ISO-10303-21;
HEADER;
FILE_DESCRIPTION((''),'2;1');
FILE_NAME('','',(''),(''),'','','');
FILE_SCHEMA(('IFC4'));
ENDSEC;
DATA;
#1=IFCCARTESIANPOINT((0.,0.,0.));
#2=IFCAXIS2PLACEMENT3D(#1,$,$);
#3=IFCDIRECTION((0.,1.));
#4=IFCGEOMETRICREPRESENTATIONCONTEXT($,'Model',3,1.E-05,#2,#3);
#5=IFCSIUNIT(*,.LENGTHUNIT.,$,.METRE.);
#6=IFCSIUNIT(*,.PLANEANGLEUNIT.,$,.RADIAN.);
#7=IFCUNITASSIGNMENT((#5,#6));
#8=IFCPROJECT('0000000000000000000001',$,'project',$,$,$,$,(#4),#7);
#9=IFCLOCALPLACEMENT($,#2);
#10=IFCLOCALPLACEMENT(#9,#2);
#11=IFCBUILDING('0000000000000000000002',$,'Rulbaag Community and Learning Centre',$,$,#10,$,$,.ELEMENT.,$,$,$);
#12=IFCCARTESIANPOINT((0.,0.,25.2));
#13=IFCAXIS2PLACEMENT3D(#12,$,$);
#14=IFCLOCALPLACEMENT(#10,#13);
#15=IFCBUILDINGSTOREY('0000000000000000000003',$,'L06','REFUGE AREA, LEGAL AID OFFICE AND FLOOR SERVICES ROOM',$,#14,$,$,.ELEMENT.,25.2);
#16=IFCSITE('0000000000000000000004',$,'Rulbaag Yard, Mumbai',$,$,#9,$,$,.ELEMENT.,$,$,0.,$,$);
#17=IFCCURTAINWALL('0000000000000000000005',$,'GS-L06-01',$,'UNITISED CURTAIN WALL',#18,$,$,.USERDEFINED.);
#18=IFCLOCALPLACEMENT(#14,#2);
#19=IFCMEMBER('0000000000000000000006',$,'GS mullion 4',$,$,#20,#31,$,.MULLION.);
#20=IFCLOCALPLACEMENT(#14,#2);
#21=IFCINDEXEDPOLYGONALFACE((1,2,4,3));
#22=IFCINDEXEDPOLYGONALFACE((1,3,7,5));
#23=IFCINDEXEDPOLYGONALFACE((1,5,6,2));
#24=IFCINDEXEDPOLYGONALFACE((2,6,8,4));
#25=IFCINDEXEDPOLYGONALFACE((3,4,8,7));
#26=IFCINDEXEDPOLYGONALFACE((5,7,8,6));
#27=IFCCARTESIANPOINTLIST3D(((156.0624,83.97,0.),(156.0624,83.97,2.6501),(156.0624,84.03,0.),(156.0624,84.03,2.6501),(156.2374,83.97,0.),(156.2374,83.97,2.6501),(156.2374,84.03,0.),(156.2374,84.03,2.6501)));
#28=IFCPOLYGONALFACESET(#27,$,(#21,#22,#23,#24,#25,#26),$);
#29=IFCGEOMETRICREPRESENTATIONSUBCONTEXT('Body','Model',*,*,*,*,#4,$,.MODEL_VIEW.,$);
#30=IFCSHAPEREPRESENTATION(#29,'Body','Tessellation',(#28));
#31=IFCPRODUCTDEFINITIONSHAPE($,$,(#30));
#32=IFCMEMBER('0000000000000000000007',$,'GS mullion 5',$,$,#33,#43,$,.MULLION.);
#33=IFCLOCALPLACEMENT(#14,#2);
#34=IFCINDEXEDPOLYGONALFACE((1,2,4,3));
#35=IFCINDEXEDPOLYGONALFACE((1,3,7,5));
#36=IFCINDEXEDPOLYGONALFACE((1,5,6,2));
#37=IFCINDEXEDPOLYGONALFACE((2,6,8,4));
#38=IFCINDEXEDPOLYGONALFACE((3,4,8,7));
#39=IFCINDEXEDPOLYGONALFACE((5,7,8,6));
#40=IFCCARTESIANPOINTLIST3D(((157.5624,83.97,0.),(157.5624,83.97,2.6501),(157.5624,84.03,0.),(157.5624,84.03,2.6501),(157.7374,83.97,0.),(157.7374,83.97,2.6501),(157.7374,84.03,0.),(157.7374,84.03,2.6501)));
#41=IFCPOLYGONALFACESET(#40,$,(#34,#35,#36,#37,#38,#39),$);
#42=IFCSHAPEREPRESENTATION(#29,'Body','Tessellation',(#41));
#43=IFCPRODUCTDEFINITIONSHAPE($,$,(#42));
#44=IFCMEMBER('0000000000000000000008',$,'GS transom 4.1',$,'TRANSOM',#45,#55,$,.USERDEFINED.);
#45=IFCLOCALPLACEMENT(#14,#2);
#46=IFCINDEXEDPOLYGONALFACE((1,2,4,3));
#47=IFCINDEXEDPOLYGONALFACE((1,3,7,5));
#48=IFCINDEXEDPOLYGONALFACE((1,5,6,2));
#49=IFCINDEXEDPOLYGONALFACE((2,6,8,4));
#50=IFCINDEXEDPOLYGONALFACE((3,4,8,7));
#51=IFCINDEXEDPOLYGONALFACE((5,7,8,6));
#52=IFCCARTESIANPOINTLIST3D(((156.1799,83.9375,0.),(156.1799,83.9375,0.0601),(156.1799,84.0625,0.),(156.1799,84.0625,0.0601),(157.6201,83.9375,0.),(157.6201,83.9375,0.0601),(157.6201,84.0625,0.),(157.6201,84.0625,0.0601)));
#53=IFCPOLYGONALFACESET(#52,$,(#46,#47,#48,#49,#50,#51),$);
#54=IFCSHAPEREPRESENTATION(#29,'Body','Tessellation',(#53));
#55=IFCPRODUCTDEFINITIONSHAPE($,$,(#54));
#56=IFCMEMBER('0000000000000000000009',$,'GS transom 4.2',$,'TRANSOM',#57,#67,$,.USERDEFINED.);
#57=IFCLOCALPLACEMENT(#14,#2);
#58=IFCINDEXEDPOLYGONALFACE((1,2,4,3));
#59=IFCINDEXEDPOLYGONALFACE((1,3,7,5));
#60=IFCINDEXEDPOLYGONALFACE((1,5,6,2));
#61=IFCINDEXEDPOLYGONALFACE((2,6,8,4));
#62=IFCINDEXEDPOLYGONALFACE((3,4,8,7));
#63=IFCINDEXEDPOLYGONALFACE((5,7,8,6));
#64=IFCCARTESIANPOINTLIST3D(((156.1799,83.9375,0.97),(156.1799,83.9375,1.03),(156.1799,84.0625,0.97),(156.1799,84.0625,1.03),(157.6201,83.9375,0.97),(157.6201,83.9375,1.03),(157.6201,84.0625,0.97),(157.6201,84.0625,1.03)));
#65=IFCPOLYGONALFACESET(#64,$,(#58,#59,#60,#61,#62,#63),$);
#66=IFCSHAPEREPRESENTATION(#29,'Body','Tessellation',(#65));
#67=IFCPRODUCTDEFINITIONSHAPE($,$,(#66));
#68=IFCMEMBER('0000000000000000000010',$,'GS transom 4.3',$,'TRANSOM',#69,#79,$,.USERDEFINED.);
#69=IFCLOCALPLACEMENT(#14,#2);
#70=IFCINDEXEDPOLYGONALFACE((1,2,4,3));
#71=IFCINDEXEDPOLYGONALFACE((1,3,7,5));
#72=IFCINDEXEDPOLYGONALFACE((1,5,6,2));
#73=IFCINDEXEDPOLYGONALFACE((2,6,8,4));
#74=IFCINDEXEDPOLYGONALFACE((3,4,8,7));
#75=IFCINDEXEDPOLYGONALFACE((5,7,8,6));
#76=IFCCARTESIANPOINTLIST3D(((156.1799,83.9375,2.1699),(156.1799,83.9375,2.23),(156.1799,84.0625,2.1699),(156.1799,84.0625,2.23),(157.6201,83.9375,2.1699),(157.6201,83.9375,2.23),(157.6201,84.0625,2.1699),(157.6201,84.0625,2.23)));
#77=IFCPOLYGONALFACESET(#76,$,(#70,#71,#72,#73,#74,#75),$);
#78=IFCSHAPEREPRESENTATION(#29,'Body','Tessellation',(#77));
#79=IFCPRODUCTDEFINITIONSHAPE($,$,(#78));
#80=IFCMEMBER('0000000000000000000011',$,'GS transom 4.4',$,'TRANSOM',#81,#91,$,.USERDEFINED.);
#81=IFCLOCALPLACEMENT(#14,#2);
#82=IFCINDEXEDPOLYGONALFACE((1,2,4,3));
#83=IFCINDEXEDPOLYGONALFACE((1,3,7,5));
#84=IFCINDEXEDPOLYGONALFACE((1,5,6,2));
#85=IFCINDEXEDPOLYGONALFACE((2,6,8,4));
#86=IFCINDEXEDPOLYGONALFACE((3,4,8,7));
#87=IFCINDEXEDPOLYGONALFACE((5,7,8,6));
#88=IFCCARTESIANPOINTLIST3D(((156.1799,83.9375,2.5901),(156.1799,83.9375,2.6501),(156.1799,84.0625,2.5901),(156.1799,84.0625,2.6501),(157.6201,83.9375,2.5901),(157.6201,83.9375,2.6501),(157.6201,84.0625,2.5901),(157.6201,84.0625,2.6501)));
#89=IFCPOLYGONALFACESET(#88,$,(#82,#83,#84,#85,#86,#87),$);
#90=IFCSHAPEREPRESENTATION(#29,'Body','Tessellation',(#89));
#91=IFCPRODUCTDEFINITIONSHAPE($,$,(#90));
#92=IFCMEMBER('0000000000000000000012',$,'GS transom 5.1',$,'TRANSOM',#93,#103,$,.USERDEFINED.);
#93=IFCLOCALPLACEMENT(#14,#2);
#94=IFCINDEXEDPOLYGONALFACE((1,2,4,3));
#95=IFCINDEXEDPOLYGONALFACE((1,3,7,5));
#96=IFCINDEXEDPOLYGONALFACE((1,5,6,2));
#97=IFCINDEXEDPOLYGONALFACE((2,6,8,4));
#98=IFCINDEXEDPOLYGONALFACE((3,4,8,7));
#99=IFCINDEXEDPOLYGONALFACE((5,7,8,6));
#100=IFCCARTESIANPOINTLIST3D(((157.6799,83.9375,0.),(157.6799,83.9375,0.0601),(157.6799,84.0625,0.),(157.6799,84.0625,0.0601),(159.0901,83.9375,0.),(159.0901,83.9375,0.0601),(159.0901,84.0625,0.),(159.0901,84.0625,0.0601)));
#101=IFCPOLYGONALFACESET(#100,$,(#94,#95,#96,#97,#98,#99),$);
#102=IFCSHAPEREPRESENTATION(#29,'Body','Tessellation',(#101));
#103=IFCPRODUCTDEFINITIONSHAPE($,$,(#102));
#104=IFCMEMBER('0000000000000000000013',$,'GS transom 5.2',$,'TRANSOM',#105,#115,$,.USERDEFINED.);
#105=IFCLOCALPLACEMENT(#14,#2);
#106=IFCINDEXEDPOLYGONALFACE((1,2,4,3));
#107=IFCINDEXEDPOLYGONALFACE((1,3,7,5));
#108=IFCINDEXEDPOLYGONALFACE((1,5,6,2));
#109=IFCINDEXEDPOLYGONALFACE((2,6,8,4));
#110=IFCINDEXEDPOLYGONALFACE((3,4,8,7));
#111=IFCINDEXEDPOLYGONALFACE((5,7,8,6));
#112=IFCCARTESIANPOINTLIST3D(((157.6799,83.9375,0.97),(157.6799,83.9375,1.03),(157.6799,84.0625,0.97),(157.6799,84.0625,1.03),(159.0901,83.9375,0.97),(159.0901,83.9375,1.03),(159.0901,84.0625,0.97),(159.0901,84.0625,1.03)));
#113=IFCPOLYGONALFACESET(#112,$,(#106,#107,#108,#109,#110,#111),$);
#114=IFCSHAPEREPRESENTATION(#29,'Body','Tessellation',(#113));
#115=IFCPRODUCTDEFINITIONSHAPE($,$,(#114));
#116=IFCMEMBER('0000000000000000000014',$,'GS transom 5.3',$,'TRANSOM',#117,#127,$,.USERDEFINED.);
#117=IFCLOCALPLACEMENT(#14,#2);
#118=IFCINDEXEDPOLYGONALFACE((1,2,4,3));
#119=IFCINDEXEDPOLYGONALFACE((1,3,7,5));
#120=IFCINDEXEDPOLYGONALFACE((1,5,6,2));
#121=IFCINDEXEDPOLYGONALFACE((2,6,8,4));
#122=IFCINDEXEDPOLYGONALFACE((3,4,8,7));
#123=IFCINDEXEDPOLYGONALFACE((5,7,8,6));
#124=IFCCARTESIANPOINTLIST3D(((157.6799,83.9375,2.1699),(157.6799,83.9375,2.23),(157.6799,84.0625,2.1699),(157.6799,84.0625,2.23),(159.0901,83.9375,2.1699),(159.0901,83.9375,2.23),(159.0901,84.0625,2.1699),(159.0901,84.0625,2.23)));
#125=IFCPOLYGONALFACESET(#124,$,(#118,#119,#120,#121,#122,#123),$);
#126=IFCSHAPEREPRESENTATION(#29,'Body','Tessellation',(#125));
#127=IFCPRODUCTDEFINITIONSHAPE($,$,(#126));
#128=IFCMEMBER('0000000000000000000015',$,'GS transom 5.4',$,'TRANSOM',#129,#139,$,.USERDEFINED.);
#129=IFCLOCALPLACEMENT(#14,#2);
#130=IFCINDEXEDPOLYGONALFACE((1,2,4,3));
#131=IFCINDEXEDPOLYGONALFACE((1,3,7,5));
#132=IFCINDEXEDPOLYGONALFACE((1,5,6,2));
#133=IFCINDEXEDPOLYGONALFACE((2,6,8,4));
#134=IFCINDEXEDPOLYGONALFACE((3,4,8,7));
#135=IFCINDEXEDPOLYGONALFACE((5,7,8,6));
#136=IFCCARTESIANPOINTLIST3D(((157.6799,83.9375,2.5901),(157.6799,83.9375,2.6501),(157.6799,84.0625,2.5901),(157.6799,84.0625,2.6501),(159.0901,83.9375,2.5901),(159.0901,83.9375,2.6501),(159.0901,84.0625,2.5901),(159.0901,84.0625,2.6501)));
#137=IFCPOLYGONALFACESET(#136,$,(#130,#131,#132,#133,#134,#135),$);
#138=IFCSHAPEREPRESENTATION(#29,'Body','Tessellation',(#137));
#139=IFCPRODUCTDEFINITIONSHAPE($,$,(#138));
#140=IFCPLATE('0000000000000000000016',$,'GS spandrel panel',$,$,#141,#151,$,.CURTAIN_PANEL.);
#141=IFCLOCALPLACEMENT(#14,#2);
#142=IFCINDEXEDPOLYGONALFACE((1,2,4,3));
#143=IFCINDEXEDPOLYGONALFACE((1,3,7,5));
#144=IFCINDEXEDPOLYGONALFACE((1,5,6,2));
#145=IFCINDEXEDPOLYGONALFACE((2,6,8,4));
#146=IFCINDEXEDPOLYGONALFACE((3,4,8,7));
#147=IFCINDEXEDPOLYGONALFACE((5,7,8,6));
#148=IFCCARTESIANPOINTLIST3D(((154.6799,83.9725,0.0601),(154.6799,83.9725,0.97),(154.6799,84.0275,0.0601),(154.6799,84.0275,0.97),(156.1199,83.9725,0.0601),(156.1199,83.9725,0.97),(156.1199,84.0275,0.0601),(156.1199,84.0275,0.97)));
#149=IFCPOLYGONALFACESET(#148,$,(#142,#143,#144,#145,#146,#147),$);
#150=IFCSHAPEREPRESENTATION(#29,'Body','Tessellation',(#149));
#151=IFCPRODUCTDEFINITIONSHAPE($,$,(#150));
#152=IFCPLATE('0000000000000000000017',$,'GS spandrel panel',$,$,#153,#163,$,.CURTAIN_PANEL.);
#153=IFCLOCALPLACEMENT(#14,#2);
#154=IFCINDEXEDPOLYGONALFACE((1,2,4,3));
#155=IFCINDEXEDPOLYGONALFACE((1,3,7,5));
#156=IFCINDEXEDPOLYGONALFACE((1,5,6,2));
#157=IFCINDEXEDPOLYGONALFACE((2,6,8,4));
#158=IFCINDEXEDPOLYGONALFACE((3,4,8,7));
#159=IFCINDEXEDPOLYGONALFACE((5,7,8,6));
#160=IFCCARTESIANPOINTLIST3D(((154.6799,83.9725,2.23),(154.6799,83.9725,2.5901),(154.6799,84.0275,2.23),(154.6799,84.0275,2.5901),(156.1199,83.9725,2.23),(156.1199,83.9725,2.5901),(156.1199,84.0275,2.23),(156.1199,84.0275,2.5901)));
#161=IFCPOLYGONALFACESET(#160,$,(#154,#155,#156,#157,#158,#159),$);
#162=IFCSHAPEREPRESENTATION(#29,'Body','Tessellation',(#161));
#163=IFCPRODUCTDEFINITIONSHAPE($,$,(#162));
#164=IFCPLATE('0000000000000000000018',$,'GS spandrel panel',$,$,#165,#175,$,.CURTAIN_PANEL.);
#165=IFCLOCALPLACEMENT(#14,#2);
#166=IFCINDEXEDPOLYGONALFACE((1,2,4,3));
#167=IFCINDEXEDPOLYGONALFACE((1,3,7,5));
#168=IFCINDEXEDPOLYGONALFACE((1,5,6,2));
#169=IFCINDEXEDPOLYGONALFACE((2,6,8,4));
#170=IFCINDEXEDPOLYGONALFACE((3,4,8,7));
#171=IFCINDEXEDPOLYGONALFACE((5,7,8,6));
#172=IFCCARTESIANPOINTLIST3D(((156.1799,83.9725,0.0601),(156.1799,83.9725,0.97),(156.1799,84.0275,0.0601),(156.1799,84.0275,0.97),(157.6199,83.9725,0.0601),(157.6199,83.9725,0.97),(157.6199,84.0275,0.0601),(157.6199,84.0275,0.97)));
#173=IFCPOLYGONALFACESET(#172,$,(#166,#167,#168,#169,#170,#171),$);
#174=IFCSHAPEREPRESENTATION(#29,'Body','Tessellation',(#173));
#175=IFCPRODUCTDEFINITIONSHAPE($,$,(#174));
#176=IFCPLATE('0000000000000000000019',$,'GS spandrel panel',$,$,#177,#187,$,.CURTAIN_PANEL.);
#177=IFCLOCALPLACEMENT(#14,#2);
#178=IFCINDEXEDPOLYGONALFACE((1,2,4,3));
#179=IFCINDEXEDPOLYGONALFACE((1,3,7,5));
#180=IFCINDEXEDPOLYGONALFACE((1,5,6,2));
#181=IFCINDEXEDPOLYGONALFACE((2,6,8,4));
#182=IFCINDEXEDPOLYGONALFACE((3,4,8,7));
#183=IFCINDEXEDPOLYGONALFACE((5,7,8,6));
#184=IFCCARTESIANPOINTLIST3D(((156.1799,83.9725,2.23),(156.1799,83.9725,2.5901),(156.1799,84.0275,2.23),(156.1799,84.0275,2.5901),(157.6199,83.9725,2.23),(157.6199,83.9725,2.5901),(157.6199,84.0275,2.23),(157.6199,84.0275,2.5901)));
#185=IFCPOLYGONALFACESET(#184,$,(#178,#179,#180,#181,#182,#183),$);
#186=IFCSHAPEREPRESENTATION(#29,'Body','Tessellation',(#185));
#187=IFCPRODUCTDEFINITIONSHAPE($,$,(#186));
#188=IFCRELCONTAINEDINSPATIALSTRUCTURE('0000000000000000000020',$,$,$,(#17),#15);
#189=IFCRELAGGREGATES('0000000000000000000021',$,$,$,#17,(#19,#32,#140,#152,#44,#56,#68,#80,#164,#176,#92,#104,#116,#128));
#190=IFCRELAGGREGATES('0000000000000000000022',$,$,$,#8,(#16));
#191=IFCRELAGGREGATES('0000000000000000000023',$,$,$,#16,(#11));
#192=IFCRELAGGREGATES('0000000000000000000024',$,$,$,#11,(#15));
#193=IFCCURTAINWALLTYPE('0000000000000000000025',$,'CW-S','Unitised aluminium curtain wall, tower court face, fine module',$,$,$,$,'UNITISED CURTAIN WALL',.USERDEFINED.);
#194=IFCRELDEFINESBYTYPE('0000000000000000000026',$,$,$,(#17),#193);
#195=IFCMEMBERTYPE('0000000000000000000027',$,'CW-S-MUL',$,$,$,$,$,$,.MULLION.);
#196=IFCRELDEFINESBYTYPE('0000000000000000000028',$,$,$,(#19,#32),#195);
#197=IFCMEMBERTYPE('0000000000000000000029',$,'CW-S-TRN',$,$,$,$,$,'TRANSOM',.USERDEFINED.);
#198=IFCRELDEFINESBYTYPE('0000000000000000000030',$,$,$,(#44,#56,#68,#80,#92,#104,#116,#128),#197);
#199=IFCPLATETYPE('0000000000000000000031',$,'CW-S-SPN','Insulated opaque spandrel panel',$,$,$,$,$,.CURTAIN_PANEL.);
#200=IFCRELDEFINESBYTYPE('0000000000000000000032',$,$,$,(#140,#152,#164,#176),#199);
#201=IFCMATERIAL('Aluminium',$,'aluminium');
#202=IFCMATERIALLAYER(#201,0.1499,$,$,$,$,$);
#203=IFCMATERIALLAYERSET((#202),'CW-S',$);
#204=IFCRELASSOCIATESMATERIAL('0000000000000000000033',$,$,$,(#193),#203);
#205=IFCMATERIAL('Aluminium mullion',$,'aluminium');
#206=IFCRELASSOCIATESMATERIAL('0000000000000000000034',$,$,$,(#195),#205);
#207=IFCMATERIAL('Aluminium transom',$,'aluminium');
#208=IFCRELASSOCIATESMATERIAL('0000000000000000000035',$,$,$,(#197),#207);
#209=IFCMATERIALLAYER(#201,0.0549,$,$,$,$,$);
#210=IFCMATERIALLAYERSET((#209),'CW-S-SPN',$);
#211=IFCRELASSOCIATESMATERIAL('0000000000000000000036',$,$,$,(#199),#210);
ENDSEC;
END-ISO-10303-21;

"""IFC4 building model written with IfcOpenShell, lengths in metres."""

from ifc_helpers import new_model, si_unit, direction, frame, origin, origin_2d, place, context, subcontext, project, spatial, rectangle, extrude, material, layer, layer_set, material_profile, profile_set, type_object, element, aggregate, save


model = new_model("IFC4")

# Units and contexts
model_context = context("Model", 3, precision=1e-05, world=origin(), true_north=direction((0.0, 1.0)))
body_context = subcontext(model_context, "Body", "Model", "MODEL_VIEW")
ifc_project = project(units=[si_unit("LENGTHUNIT", "METRE"), si_unit("PLANEANGLEUNIT", "RADIAN")], contexts=[model_context])

# Site, building, storey
site_placement = place(None, origin())
site = spatial("IfcSite", under=ifc_project, at=site_placement, Name="Rulbaag Yard, Mumbai", CompositionType="ELEMENT", RefElevation=0.0)
building_placement = place(site_placement, origin())
building = spatial("IfcBuilding", under=site, at=building_placement, Name="Rulbaag Community and Learning Centre", CompositionType="ELEMENT")
storey_placement = place(building_placement, frame((0.0, 0.0, 25.2)))
storey = spatial("IfcBuildingStorey", under=building, at=storey_placement, Name="L06", Description="REFUGE AREA, LEGAL AID OFFICE AND FLOOR SERVICES ROOM", CompositionType="ELEMENT", Elevation=25.2)

# Curtain wall, members, plates
ifc_material_1 = material(Name="Aluminium", Category="aluminium")
ifc_layer_1 = layer(ifc_material_1, 0.1499)
ifc_layer_set_1 = layer_set([ifc_layer_1], Name="CW-S")
curtain_wall_type = type_object("IfcCurtainWallType", Name="CW-S", Description="Unitised aluminium curtain wall, tower court face, fine module", ElementType="UNITISED CURTAIN WALL", PredefinedType="USERDEFINED", material=ifc_layer_set_1)
curtain_wall_placement = place(storey_placement, origin())
curtain_wall = element("IfcCurtainWall", 1, at=curtain_wall_placement, inside=storey, type_object=curtain_wall_type, Name="GS-L06-01", ObjectType="UNITISED CURTAIN WALL", PredefinedType="USERDEFINED")
ifc_material_2 = material(Name="Aluminium mullion", Category="aluminium")
ifc_material_profile_1 = material_profile(ifc_material_2, rectangle(XDim=0.0601, YDim=0.175, at=origin_2d()), Name="AL 60x175")
ifc_profile_set_1 = profile_set([ifc_material_profile_1], Name="Aluminium mullion")
member_type_1 = type_object("IfcMemberType", Name="CW-S-MUL", PredefinedType="MULLION", material=ifc_profile_set_1)
member_1_placement = place(storey_placement, frame((156.1499, 84.0, 0.0), z_axis=(0.0, 0.0, 1.0), x_axis=(0.0, 1.0, 0.0)))
member_1 = element("IfcMember", 2, at=member_1_placement, type_object=member_type_1, Name="GS mullion 4", PredefinedType="MULLION", context=body_context, shape_type="SweptSolid", body=[
    extrude(rectangle(XDim=0.0601, YDim=0.175, at=origin_2d()), origin(), (0.0, 0.0, 1.0), 2.6501),
])
member_2_placement = place(storey_placement, frame((157.6499, 84.0, 0.0), z_axis=(0.0, 0.0, 1.0), x_axis=(0.0, 1.0, 0.0)))
member_2 = element("IfcMember", 3, at=member_2_placement, type_object=member_type_1, Name="GS mullion 5", PredefinedType="MULLION", context=body_context, shape_type="SweptSolid", body=[
    extrude(rectangle(XDim=0.0601, YDim=0.175, at=origin_2d()), origin(), (0.0, 0.0, 1.0), 2.6501),
])
ifc_material_3 = material(Name="Aluminium transom", Category="aluminium")
ifc_material_profile_2 = material_profile(ifc_material_3, rectangle(XDim=0.125, YDim=0.0601, at=origin_2d()), Name="AL 60x125 T")
ifc_profile_set_2 = profile_set([ifc_material_profile_2], Name="Aluminium transom")
member_type_2 = type_object("IfcMemberType", Name="CW-S-TRN", ElementType="TRANSOM", PredefinedType="USERDEFINED", material=ifc_profile_set_2)
member_3_placement = place(storey_placement, frame((156.1799, 84.0, 0.03), z_axis=(1.0, 0.0, 0.0), x_axis=(0.0, 1.0, 0.0)))
member_3 = element("IfcMember", 4, at=member_3_placement, type_object=member_type_2, Name="GS transom 4.1", ObjectType="TRANSOM", PredefinedType="USERDEFINED", context=body_context, shape_type="SweptSolid", body=[
    extrude(rectangle(XDim=0.125, YDim=0.0601, at=origin_2d()), origin(), (0.0, 0.0, 1.0), 1.4402),
])
member_4_placement = place(storey_placement, frame((156.1799, 84.0, 1.0), z_axis=(1.0, 0.0, 0.0), x_axis=(0.0, 1.0, 0.0)))
member_4 = element("IfcMember", 5, at=member_4_placement, type_object=member_type_2, Name="GS transom 4.2", ObjectType="TRANSOM", PredefinedType="USERDEFINED", context=body_context, shape_type="SweptSolid", body=[
    extrude(rectangle(XDim=0.125, YDim=0.0601, at=origin_2d()), origin(), (0.0, 0.0, 1.0), 1.4402),
])
member_5_placement = place(storey_placement, frame((156.1799, 84.0, 2.2), z_axis=(1.0, 0.0, 0.0), x_axis=(0.0, 1.0, 0.0)))
member_5 = element("IfcMember", 6, at=member_5_placement, type_object=member_type_2, Name="GS transom 4.3", ObjectType="TRANSOM", PredefinedType="USERDEFINED", context=body_context, shape_type="SweptSolid", body=[
    extrude(rectangle(XDim=0.125, YDim=0.0601, at=origin_2d()), origin(), (0.0, 0.0, 1.0), 1.4402),
])
member_6_placement = place(storey_placement, frame((156.1799, 84.0, 2.6201), z_axis=(1.0, 0.0, 0.0), x_axis=(0.0, 1.0, 0.0)))
member_6 = element("IfcMember", 7, at=member_6_placement, type_object=member_type_2, Name="GS transom 4.4", ObjectType="TRANSOM", PredefinedType="USERDEFINED", context=body_context, shape_type="SweptSolid", body=[
    extrude(rectangle(XDim=0.125, YDim=0.0601, at=origin_2d()), origin(), (0.0, 0.0, 1.0), 1.4402),
])
member_7_placement = place(storey_placement, frame((157.6799, 84.0, 0.03), z_axis=(1.0, 0.0, 0.0), x_axis=(0.0, 1.0, 0.0)))
member_7 = element("IfcMember", 8, at=member_7_placement, type_object=member_type_2, Name="GS transom 5.1", ObjectType="TRANSOM", PredefinedType="USERDEFINED", context=body_context, shape_type="SweptSolid", body=[
    extrude(rectangle(XDim=0.125, YDim=0.0601, at=origin_2d()), origin(), (0.0, 0.0, 1.0), 1.4102),
])
member_8_placement = place(storey_placement, frame((157.6799, 84.0, 1.0), z_axis=(1.0, 0.0, 0.0), x_axis=(0.0, 1.0, 0.0)))
member_8 = element("IfcMember", 9, at=member_8_placement, type_object=member_type_2, Name="GS transom 5.2", ObjectType="TRANSOM", PredefinedType="USERDEFINED", context=body_context, shape_type="SweptSolid", body=[
    extrude(rectangle(XDim=0.125, YDim=0.0601, at=origin_2d()), origin(), (0.0, 0.0, 1.0), 1.4102),
])
member_9_placement = place(storey_placement, frame((157.6799, 84.0, 2.2), z_axis=(1.0, 0.0, 0.0), x_axis=(0.0, 1.0, 0.0)))
member_9 = element("IfcMember", 10, at=member_9_placement, type_object=member_type_2, Name="GS transom 5.3", ObjectType="TRANSOM", PredefinedType="USERDEFINED", context=body_context, shape_type="SweptSolid", body=[
    extrude(rectangle(XDim=0.125, YDim=0.0601, at=origin_2d()), origin(), (0.0, 0.0, 1.0), 1.4102),
])
member_10_placement = place(storey_placement, frame((157.6799, 84.0, 2.6201), z_axis=(1.0, 0.0, 0.0), x_axis=(0.0, 1.0, 0.0)))
member_10 = element("IfcMember", 11, at=member_10_placement, type_object=member_type_2, Name="GS transom 5.4", ObjectType="TRANSOM", PredefinedType="USERDEFINED", context=body_context, shape_type="SweptSolid", body=[
    extrude(rectangle(XDim=0.125, YDim=0.0601, at=origin_2d()), origin(), (0.0, 0.0, 1.0), 1.4102),
])
ifc_layer_2 = layer(ifc_material_1, 0.0549)
ifc_layer_set_2 = layer_set([ifc_layer_2], Name="CW-S-SPN")
plate_type_1 = type_object("IfcPlateType", Name="CW-S-SPN", Description="Insulated opaque spandrel panel", PredefinedType="CURTAIN_PANEL", material=ifc_layer_set_2)
plate_1_placement = place(storey_placement, frame((155.3999, 84.0, 0.0601), z_axis=(0.0, 0.0, 1.0), x_axis=(1.0, 0.0, 0.0)))
plate_1 = element("IfcPlate", 12, at=plate_1_placement, type_object=plate_type_1, Name="GS spandrel panel", PredefinedType="CURTAIN_PANEL", context=body_context, shape_type="SweptSolid", body=[
    extrude(rectangle(XDim=1.4399, YDim=0.0549, at=origin_2d()), origin(), (0.0, 0.0, 1.0), 0.9099),
])
plate_2_placement = place(storey_placement, frame((155.3999, 84.0, 2.23), z_axis=(0.0, 0.0, 1.0), x_axis=(1.0, 0.0, 0.0)))
plate_2 = element("IfcPlate", 13, at=plate_2_placement, type_object=plate_type_1, Name="GS spandrel panel", PredefinedType="CURTAIN_PANEL", context=body_context, shape_type="SweptSolid", body=[
    extrude(rectangle(XDim=1.4399, YDim=0.0549, at=origin_2d()), origin(), (0.0, 0.0, 1.0), 0.3601),
])
plate_3_placement = place(storey_placement, frame((156.8999, 84.0, 0.0601), z_axis=(0.0, 0.0, 1.0), x_axis=(1.0, 0.0, 0.0)))
plate_3 = element("IfcPlate", 14, at=plate_3_placement, type_object=plate_type_1, Name="GS spandrel panel", PredefinedType="CURTAIN_PANEL", context=body_context, shape_type="SweptSolid", body=[
    extrude(rectangle(XDim=1.4399, YDim=0.0549, at=origin_2d()), origin(), (0.0, 0.0, 1.0), 0.9099),
])
plate_4_placement = place(storey_placement, frame((156.8999, 84.0, 2.23), z_axis=(0.0, 0.0, 1.0), x_axis=(1.0, 0.0, 0.0)))
plate_4 = element("IfcPlate", 15, at=plate_4_placement, type_object=plate_type_1, Name="GS spandrel panel", PredefinedType="CURTAIN_PANEL", context=body_context, shape_type="SweptSolid", body=[
    extrude(rectangle(XDim=1.4399, YDim=0.0549, at=origin_2d()), origin(), (0.0, 0.0, 1.0), 0.3601),
])
aggregate(curtain_wall, [member_1, member_2, plate_1, plate_2, member_3, member_4, member_5, member_6, plate_3, plate_4, member_7, member_8, member_9, member_10])

save(model, "model.ifc")
